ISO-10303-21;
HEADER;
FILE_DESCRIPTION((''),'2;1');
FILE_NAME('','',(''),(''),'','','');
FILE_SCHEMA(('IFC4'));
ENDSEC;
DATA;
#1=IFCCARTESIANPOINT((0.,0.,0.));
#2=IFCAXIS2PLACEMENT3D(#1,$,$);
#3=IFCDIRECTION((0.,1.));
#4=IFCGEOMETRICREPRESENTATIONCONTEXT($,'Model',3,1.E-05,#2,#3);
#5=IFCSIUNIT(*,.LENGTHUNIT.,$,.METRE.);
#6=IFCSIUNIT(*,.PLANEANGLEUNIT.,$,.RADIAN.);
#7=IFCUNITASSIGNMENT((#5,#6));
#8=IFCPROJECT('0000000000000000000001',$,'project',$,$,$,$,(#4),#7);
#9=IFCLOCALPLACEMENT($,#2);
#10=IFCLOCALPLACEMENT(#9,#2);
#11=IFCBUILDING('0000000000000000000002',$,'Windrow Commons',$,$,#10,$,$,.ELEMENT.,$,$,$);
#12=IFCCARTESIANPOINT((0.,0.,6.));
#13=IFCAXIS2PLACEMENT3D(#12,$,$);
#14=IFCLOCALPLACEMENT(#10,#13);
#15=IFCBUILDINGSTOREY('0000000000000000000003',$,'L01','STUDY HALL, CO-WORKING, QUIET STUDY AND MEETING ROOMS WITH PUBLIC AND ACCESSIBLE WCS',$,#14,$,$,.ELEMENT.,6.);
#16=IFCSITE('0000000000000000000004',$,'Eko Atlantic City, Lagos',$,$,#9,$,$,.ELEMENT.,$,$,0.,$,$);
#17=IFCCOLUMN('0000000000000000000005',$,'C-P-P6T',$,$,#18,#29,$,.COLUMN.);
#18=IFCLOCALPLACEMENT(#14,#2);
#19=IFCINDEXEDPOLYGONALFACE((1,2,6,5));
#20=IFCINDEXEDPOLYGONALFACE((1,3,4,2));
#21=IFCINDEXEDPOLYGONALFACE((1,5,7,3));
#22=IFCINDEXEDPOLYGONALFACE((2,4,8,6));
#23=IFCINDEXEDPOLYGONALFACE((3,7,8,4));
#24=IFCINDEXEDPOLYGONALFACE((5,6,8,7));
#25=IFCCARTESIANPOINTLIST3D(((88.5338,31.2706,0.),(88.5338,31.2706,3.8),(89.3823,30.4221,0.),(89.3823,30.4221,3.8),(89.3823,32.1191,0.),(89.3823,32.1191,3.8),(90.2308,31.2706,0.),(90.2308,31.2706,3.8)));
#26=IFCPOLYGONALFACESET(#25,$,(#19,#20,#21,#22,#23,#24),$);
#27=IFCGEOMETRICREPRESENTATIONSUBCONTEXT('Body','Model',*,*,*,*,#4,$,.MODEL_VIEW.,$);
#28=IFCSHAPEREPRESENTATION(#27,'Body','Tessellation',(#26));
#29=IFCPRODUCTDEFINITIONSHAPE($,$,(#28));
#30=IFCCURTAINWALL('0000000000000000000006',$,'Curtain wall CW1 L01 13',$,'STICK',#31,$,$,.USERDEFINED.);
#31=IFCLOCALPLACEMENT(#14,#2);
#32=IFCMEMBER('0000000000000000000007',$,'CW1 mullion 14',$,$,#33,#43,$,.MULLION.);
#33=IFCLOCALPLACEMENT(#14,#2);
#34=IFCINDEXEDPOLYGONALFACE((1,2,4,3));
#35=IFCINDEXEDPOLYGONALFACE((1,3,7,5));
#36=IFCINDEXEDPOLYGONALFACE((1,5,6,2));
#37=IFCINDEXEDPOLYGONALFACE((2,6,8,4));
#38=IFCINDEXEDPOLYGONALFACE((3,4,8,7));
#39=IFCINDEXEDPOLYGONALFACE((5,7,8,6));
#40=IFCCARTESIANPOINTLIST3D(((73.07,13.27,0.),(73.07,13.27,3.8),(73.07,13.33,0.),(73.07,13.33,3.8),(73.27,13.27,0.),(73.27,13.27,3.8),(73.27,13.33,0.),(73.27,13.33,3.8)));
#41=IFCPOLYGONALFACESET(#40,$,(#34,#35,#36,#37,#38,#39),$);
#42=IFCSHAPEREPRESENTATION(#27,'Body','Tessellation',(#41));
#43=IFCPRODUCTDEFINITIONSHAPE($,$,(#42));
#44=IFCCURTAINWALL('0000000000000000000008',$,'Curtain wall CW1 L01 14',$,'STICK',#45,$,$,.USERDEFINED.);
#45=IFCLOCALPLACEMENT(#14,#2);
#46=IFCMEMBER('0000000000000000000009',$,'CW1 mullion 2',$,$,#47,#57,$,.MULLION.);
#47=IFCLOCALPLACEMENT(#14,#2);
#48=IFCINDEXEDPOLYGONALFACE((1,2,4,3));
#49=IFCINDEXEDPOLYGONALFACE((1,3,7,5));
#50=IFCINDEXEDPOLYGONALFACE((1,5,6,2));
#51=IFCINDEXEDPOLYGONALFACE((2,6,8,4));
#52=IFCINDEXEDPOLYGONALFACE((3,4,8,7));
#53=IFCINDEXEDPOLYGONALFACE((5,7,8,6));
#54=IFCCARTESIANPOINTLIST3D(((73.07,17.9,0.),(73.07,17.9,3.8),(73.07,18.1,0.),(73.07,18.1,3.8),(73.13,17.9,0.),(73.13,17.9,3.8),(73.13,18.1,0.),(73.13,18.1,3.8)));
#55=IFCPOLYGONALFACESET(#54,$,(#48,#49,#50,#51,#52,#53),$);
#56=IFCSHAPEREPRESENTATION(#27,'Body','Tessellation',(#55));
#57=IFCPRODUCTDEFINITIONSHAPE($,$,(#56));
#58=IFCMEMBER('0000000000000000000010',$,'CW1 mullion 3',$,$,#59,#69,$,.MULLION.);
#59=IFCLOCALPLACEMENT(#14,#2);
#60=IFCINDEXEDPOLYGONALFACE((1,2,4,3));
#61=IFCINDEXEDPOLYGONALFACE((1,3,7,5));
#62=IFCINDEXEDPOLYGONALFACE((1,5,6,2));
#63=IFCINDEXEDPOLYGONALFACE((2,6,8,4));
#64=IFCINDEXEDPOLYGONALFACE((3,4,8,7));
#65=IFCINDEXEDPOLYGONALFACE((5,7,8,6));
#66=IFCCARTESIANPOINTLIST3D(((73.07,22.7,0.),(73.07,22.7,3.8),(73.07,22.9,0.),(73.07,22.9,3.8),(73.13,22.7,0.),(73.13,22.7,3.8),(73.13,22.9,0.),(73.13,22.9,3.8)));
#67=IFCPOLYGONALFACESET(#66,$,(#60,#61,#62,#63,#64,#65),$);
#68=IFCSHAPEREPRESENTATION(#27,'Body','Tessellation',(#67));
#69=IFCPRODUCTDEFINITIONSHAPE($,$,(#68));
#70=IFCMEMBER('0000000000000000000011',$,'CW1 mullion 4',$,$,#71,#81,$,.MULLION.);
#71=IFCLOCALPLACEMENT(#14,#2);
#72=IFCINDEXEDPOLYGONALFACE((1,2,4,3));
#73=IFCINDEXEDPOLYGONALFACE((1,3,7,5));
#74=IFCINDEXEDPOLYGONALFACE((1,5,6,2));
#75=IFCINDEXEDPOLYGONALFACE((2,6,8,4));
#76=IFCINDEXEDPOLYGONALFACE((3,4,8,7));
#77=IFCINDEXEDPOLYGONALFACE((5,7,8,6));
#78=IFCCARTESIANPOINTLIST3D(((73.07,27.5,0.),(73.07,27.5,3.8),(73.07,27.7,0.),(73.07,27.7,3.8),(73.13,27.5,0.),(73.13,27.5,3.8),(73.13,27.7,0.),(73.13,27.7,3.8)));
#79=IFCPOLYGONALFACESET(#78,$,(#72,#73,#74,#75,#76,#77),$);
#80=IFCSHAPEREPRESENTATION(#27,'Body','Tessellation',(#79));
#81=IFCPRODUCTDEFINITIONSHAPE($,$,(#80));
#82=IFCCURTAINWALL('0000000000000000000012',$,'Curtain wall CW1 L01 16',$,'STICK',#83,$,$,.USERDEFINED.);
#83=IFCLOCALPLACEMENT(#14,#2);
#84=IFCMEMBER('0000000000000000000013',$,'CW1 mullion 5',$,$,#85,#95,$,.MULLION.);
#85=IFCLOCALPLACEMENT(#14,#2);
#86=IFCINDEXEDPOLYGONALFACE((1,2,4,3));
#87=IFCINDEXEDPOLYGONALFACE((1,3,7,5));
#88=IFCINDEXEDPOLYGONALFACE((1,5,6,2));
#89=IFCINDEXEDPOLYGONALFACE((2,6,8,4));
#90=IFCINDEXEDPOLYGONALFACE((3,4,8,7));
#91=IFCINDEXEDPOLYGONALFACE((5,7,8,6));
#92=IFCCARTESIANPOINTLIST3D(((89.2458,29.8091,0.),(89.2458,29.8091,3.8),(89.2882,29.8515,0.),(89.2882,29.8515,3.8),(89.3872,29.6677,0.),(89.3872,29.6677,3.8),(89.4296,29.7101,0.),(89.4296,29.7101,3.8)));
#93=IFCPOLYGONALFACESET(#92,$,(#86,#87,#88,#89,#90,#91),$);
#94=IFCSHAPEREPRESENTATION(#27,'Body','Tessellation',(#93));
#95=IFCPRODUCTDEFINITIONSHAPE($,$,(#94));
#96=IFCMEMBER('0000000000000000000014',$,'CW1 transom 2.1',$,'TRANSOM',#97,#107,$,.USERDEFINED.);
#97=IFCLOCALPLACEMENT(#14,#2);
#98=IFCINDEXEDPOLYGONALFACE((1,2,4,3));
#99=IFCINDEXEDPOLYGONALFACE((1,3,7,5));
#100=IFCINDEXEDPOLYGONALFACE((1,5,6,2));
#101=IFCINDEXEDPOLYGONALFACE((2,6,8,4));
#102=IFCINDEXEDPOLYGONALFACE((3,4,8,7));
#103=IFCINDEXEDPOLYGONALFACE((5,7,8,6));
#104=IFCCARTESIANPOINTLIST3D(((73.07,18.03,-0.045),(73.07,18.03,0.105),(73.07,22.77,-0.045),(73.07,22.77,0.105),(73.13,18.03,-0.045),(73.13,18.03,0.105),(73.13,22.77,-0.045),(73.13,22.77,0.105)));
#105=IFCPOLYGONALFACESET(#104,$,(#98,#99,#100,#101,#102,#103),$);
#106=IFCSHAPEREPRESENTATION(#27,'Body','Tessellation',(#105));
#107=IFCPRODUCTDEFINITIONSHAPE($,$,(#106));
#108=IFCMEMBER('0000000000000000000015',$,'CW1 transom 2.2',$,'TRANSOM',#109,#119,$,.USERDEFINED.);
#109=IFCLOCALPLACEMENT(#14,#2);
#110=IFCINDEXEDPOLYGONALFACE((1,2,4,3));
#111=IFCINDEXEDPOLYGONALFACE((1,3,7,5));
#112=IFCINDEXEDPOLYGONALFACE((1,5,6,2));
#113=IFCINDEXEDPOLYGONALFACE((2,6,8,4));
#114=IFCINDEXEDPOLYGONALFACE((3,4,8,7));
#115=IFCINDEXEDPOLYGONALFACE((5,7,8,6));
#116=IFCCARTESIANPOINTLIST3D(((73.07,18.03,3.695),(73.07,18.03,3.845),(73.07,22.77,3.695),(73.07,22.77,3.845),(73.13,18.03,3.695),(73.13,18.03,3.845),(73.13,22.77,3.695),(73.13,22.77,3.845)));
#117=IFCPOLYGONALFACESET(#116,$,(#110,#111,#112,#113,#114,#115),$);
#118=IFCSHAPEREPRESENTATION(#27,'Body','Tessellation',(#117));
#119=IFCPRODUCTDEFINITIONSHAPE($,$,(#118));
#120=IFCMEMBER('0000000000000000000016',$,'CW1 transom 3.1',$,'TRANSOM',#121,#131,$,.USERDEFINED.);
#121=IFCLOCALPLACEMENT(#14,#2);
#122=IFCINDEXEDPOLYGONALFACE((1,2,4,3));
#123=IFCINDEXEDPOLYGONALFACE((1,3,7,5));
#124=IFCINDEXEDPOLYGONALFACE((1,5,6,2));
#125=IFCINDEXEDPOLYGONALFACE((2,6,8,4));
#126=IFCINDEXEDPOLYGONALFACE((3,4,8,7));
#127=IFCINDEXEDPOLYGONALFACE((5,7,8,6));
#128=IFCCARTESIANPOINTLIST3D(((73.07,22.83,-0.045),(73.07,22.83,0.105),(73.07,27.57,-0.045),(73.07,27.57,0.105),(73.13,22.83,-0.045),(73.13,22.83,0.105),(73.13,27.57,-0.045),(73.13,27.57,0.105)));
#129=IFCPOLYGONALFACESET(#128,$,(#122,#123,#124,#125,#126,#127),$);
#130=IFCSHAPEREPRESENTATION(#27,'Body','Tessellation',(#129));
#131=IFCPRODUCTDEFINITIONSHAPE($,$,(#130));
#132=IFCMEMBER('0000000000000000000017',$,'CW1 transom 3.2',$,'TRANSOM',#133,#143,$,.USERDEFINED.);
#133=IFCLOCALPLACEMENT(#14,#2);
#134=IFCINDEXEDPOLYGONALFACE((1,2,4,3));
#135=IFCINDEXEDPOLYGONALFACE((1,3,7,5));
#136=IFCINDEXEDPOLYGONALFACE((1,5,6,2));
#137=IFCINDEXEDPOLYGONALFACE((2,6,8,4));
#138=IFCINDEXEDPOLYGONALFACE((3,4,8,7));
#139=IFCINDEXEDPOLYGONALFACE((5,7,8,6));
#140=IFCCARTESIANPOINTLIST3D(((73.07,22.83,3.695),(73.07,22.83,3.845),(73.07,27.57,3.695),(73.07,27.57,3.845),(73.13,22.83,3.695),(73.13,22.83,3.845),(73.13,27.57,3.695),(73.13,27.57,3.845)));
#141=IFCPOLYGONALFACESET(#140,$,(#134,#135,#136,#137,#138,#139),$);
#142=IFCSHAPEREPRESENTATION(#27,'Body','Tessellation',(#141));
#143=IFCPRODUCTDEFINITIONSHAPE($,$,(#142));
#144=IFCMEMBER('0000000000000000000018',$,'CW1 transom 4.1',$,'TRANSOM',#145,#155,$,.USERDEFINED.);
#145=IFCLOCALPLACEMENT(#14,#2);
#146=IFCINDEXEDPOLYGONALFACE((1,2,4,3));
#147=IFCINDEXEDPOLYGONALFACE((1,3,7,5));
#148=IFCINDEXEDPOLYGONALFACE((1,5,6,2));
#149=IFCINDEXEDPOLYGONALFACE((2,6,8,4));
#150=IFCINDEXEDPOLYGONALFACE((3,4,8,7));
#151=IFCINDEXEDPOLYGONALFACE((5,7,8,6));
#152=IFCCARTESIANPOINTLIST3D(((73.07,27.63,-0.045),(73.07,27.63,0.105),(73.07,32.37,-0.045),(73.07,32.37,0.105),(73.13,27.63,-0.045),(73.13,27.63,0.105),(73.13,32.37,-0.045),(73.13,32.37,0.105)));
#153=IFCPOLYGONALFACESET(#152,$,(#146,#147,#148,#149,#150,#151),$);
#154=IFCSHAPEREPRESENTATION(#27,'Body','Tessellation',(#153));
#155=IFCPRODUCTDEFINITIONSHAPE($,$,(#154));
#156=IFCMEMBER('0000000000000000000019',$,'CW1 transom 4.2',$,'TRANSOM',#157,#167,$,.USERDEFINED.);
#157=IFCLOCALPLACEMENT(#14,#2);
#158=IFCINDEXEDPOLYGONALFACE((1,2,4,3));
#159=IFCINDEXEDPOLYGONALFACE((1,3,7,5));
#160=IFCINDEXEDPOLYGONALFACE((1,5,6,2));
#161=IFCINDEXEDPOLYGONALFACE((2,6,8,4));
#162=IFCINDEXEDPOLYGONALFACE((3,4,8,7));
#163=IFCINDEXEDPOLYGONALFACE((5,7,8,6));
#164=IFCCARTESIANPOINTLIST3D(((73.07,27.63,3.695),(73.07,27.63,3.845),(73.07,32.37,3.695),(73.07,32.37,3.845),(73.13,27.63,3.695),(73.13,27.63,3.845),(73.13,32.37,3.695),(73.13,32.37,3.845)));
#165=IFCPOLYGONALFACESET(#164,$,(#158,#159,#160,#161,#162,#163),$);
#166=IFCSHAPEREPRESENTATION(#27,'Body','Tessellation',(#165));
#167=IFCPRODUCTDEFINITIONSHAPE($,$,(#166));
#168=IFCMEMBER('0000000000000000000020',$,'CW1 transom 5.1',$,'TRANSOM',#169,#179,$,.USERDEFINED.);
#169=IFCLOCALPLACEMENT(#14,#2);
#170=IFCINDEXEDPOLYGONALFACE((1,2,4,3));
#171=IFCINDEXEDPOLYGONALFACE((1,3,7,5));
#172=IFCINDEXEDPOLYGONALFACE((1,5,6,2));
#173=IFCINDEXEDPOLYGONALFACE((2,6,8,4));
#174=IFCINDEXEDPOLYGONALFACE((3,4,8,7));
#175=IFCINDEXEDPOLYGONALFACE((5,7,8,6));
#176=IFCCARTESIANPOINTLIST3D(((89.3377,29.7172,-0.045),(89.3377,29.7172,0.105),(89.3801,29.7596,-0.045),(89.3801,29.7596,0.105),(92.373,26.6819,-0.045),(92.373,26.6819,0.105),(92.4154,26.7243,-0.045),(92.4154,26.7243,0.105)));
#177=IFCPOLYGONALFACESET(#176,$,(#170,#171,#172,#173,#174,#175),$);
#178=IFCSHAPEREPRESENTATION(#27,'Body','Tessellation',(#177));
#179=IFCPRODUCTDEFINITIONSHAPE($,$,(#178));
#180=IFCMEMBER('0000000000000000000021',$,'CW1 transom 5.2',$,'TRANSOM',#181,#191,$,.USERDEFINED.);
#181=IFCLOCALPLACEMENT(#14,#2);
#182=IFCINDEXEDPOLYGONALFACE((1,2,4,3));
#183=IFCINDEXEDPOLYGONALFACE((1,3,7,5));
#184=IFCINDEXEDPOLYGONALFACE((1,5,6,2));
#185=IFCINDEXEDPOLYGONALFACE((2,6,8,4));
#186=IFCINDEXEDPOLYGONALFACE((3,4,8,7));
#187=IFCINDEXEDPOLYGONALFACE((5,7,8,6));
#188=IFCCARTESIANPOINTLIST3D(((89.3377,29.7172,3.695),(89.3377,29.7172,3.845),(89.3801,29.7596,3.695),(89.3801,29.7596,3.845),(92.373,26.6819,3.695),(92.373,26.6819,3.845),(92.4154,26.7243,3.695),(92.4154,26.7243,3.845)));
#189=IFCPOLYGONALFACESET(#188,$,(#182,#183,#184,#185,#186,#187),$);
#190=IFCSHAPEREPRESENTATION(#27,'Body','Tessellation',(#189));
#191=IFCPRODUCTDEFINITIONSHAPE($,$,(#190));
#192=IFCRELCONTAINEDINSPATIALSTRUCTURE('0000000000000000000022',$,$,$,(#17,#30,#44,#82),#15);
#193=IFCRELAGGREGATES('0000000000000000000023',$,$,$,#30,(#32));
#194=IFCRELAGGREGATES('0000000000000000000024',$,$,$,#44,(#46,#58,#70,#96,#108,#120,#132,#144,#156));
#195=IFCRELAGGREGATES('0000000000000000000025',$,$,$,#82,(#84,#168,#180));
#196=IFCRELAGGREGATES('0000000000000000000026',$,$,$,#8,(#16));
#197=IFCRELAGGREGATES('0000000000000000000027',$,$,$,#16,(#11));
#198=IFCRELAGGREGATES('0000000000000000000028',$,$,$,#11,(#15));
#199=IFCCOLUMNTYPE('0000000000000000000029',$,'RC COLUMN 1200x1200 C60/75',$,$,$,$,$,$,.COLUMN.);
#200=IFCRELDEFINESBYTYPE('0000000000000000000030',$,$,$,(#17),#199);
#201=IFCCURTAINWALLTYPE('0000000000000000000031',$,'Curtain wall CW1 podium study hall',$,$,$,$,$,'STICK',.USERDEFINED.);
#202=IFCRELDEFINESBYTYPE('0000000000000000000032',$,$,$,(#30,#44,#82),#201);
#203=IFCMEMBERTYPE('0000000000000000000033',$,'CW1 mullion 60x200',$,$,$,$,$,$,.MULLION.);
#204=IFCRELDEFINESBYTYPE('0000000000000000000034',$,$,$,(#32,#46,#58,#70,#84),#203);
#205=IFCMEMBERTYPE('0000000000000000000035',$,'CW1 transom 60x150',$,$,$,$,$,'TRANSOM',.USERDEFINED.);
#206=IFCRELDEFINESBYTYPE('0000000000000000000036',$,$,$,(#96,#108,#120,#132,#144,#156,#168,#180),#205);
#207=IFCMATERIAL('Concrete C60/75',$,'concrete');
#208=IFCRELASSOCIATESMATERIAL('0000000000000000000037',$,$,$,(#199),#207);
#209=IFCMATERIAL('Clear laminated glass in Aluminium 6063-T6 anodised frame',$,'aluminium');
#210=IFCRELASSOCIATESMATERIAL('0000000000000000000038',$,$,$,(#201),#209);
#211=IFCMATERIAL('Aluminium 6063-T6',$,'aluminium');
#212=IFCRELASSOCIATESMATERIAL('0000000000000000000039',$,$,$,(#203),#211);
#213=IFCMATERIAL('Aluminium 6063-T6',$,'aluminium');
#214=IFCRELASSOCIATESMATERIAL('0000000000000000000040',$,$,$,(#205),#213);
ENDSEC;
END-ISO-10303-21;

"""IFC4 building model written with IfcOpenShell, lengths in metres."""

from ifc_helpers import new_model, si_unit, direction, frame, origin, origin_2d, place, context, subcontext, project, spatial, rectangle, extrude, material, material_profile, profile_set, type_object, element, aggregate, save


model = new_model("IFC4")

# Units and contexts
model_context = context("Model", 3, precision=1e-05, world=origin(), true_north=direction((0.0, 1.0)))
body_context = subcontext(model_context, "Body", "Model", "MODEL_VIEW")
ifc_project = project(units=[si_unit("LENGTHUNIT", "METRE"), si_unit("PLANEANGLEUNIT", "RADIAN")], contexts=[model_context])

# Site, building, storey
site_placement = place(None, origin())
site = spatial("IfcSite", under=ifc_project, at=site_placement, Name="Eko Atlantic City, Lagos", CompositionType="ELEMENT", RefElevation=0.0)
building_placement = place(site_placement, origin())
building = spatial("IfcBuilding", under=site, at=building_placement, Name="Windrow Commons", CompositionType="ELEMENT")
storey_placement = place(building_placement, frame((0.0, 0.0, 6.0)))
storey = spatial("IfcBuildingStorey", under=building, at=storey_placement, Name="L01", Description="STUDY HALL, CO-WORKING, QUIET STUDY AND MEETING ROOMS WITH PUBLIC AND ACCESSIBLE WCS", CompositionType="ELEMENT", Elevation=6.0)

# Column
ifc_material_1 = material(Name="Concrete C60/75", Category="concrete")
ifc_material_profile_1 = material_profile(ifc_material_1, rectangle(XDim=1.2, YDim=1.2, at=origin_2d()))
ifc_profile_set_1 = profile_set([ifc_material_profile_1], Name="Concrete C60/75")
column_type = type_object("IfcColumnType", Name="RC COLUMN 1200x1200 C60/75", PredefinedType="COLUMN", material=ifc_profile_set_1)
column_placement = place(storey_placement, frame((89.3823, 31.2706, 0.0), z_axis=(0.0, 0.0, 1.0), x_axis=(0.707107, -0.707107, 0.0)))
element("IfcColumn", 1, at=column_placement, inside=storey, type_object=column_type, Name="C-P-P6T", PredefinedType="COLUMN", context=body_context, shape_type="SweptSolid", body=[
    extrude(rectangle(XDim=1.2, YDim=1.2, at=origin_2d()), origin(), (0.0, 0.0, 1.0), 3.8),
])

# Curtain wall, member
ifc_material_2 = material(Name="Clear laminated glass in Aluminium 6063-T6 anodised frame", Category="aluminium")
curtain_wall_type = type_object("IfcCurtainWallType", Name="Curtain wall CW1 podium study hall", ElementType="STICK", PredefinedType="USERDEFINED", material=ifc_material_2)
placement = place(storey_placement, origin())
curtain_wall_1 = element("IfcCurtainWall", 2, at=placement, inside=storey, type_object=curtain_wall_type, Name="Curtain wall CW1 L01 13", ObjectType="STICK", PredefinedType="USERDEFINED")
ifc_material_3 = material(Name="Aluminium 6063-T6", Category="aluminium")
ifc_material_profile_2 = material_profile(ifc_material_3, rectangle(XDim=0.06, YDim=0.2, at=origin_2d()))
ifc_profile_set_2 = profile_set([ifc_material_profile_2], Name="Aluminium 6063-T6")
member_type_1 = type_object("IfcMemberType", Name="CW1 mullion 60x200", PredefinedType="MULLION", material=ifc_profile_set_2)
member_1_placement = place(storey_placement, frame((73.17, 13.3, 0.0), z_axis=(0.0, 0.0, 1.0), x_axis=(0.0, 1.0, 0.0)))
member_1 = element("IfcMember", 3, at=member_1_placement, type_object=member_type_1, Name="CW1 mullion 14", PredefinedType="MULLION", context=body_context, shape_type="SweptSolid", body=[
    extrude(rectangle(XDim=0.06, YDim=0.2, at=origin_2d()), origin(), (0.0, 0.0, 1.0), 3.8),
])
aggregate(curtain_wall_1, [member_1])

# Curtain wall, members
curtain_wall_2 = element("IfcCurtainWall", 4, at=placement, inside=storey, type_object=curtain_wall_type, Name="Curtain wall CW1 L01 14", ObjectType="STICK", PredefinedType="USERDEFINED")
member_2_placement = place(storey_placement, frame((73.1, 18.0, 0.0), z_axis=(0.0, 0.0, 1.0), x_axis=(-1.0, 0.0, 0.0)))
member_2 = element("IfcMember", 5, at=member_2_placement, type_object=member_type_1, Name="CW1 mullion 2", PredefinedType="MULLION", context=body_context, shape_type="SweptSolid", body=[
    extrude(rectangle(XDim=0.06, YDim=0.2, at=origin_2d()), origin(), (0.0, 0.0, 1.0), 3.8),
])
member_3_placement = place(storey_placement, frame((73.1, 22.8, 0.0), z_axis=(0.0, 0.0, 1.0), x_axis=(-1.0, 0.0, 0.0)))
member_3 = element("IfcMember", 6, at=member_3_placement, type_object=member_type_1, Name="CW1 mullion 3", PredefinedType="MULLION", context=body_context, shape_type="SweptSolid", body=[
    extrude(rectangle(XDim=0.06, YDim=0.2, at=origin_2d()), origin(), (0.0, 0.0, 1.0), 3.8),
])
member_4_placement = place(storey_placement, frame((73.1, 27.6, 0.0), z_axis=(0.0, 0.0, 1.0), x_axis=(-1.0, 0.0, 0.0)))
member_4 = element("IfcMember", 7, at=member_4_placement, type_object=member_type_1, Name="CW1 mullion 4", PredefinedType="MULLION", context=body_context, shape_type="SweptSolid", body=[
    extrude(rectangle(XDim=0.06, YDim=0.2, at=origin_2d()), origin(), (0.0, 0.0, 1.0), 3.8),
])

# Curtain wall, member
curtain_wall_3 = element("IfcCurtainWall", 8, at=placement, inside=storey, type_object=curtain_wall_type, Name="Curtain wall CW1 L01 16", ObjectType="STICK", PredefinedType="USERDEFINED")
member_5_placement = place(storey_placement, frame((89.3377, 29.7596, 0.0), z_axis=(0.0, 0.0, 1.0), x_axis=(0.707107, 0.707107, 0.0)))
member_5 = element("IfcMember", 9, at=member_5_placement, type_object=member_type_1, Name="CW1 mullion 5", PredefinedType="MULLION", context=body_context, shape_type="SweptSolid", body=[
    extrude(rectangle(XDim=0.06, YDim=0.2, at=origin_2d()), origin(), (0.0, 0.0, 1.0), 3.8),
])

# Members
ifc_material_4 = material(Name="Aluminium 6063-T6", Category="aluminium")
ifc_material_profile_3 = material_profile(ifc_material_4, rectangle(XDim=0.06, YDim=0.15, at=origin_2d()))
ifc_profile_set_3 = profile_set([ifc_material_profile_3], Name="Aluminium 6063-T6")
member_type_2 = type_object("IfcMemberType", Name="CW1 transom 60x150", ElementType="TRANSOM", PredefinedType="USERDEFINED", material=ifc_profile_set_3)
member_6_placement = place(storey_placement, frame((73.1, 18.03, 0.03), z_axis=(0.0, 1.0, 0.0), x_axis=(-1.0, 0.0, 0.0)))
member_6 = element("IfcMember", 10, at=member_6_placement, type_object=member_type_2, Name="CW1 transom 2.1", ObjectType="TRANSOM", PredefinedType="USERDEFINED", context=body_context, shape_type="SweptSolid", body=[
    extrude(rectangle(XDim=0.06, YDim=0.15, at=origin_2d()), origin(), (0.0, 0.0, 1.0), 4.74),
])
member_7_placement = place(storey_placement, frame((73.1, 18.03, 3.77), z_axis=(0.0, 1.0, 0.0), x_axis=(-1.0, 0.0, 0.0)))
member_7 = element("IfcMember", 11, at=member_7_placement, type_object=member_type_2, Name="CW1 transom 2.2", ObjectType="TRANSOM", PredefinedType="USERDEFINED", context=body_context, shape_type="SweptSolid", body=[
    extrude(rectangle(XDim=0.06, YDim=0.15, at=origin_2d()), origin(), (0.0, 0.0, 1.0), 4.74),
])
member_8_placement = place(storey_placement, frame((73.1, 22.83, 0.03), z_axis=(0.0, 1.0, 0.0), x_axis=(-1.0, 0.0, 0.0)))
member_8 = element("IfcMember", 12, at=member_8_placement, type_object=member_type_2, Name="CW1 transom 3.1", ObjectType="TRANSOM", PredefinedType="USERDEFINED", context=body_context, shape_type="SweptSolid", body=[
    extrude(rectangle(XDim=0.06, YDim=0.15, at=origin_2d()), origin(), (0.0, 0.0, 1.0), 4.74),
])
member_9_placement = place(storey_placement, frame((73.1, 22.83, 3.77), z_axis=(0.0, 1.0, 0.0), x_axis=(-1.0, 0.0, 0.0)))
member_9 = element("IfcMember", 13, at=member_9_placement, type_object=member_type_2, Name="CW1 transom 3.2", ObjectType="TRANSOM", PredefinedType="USERDEFINED", context=body_context, shape_type="SweptSolid", body=[
    extrude(rectangle(XDim=0.06, YDim=0.15, at=origin_2d()), origin(), (0.0, 0.0, 1.0), 4.74),
])
member_10_placement = place(storey_placement, frame((73.1, 27.63, 0.03), z_axis=(0.0, 1.0, 0.0), x_axis=(-1.0, 0.0, 0.0)))
member_10 = element("IfcMember", 14, at=member_10_placement, type_object=member_type_2, Name="CW1 transom 4.1", ObjectType="TRANSOM", PredefinedType="USERDEFINED", context=body_context, shape_type="SweptSolid", body=[
    extrude(rectangle(XDim=0.06, YDim=0.15, at=origin_2d()), origin(), (0.0, 0.0, 1.0), 4.74),
])
member_11_placement = place(storey_placement, frame((73.1, 27.63, 3.77), z_axis=(0.0, 1.0, 0.0), x_axis=(-1.0, 0.0, 0.0)))
member_11 = element("IfcMember", 15, at=member_11_placement, type_object=member_type_2, Name="CW1 transom 4.2", ObjectType="TRANSOM", PredefinedType="USERDEFINED", context=body_context, shape_type="SweptSolid", body=[
    extrude(rectangle(XDim=0.06, YDim=0.15, at=origin_2d()), origin(), (0.0, 0.0, 1.0), 4.74),
])
member_12_placement = place(storey_placement, frame((89.3589, 29.7384, 0.03), z_axis=(0.707107, -0.707107, 0.0), x_axis=(0.707107, 0.707107, 0.0)))
member_12 = element("IfcMember", 16, at=member_12_placement, type_object=member_type_2, Name="CW1 transom 5.1", ObjectType="TRANSOM", PredefinedType="USERDEFINED", context=body_context, shape_type="SweptSolid", body=[
    extrude(rectangle(XDim=0.06, YDim=0.15, at=origin_2d()), origin(), (0.0, 0.0, 1.0), 4.2926),
])
member_13_placement = place(storey_placement, frame((89.3589, 29.7384, 3.77), z_axis=(0.707107, -0.707107, 0.0), x_axis=(0.707107, 0.707107, 0.0)))
member_13 = element("IfcMember", 17, at=member_13_placement, type_object=member_type_2, Name="CW1 transom 5.2", ObjectType="TRANSOM", PredefinedType="USERDEFINED", context=body_context, shape_type="SweptSolid", body=[
    extrude(rectangle(XDim=0.06, YDim=0.15, at=origin_2d()), origin(), (0.0, 0.0, 1.0), 4.2926),
])

aggregate(curtain_wall_2, [member_2, member_3, member_4, member_6, member_7, member_8, member_9, member_10, member_11])
aggregate(curtain_wall_3, [member_5, member_12, member_13])

save(model, "model.ifc")
